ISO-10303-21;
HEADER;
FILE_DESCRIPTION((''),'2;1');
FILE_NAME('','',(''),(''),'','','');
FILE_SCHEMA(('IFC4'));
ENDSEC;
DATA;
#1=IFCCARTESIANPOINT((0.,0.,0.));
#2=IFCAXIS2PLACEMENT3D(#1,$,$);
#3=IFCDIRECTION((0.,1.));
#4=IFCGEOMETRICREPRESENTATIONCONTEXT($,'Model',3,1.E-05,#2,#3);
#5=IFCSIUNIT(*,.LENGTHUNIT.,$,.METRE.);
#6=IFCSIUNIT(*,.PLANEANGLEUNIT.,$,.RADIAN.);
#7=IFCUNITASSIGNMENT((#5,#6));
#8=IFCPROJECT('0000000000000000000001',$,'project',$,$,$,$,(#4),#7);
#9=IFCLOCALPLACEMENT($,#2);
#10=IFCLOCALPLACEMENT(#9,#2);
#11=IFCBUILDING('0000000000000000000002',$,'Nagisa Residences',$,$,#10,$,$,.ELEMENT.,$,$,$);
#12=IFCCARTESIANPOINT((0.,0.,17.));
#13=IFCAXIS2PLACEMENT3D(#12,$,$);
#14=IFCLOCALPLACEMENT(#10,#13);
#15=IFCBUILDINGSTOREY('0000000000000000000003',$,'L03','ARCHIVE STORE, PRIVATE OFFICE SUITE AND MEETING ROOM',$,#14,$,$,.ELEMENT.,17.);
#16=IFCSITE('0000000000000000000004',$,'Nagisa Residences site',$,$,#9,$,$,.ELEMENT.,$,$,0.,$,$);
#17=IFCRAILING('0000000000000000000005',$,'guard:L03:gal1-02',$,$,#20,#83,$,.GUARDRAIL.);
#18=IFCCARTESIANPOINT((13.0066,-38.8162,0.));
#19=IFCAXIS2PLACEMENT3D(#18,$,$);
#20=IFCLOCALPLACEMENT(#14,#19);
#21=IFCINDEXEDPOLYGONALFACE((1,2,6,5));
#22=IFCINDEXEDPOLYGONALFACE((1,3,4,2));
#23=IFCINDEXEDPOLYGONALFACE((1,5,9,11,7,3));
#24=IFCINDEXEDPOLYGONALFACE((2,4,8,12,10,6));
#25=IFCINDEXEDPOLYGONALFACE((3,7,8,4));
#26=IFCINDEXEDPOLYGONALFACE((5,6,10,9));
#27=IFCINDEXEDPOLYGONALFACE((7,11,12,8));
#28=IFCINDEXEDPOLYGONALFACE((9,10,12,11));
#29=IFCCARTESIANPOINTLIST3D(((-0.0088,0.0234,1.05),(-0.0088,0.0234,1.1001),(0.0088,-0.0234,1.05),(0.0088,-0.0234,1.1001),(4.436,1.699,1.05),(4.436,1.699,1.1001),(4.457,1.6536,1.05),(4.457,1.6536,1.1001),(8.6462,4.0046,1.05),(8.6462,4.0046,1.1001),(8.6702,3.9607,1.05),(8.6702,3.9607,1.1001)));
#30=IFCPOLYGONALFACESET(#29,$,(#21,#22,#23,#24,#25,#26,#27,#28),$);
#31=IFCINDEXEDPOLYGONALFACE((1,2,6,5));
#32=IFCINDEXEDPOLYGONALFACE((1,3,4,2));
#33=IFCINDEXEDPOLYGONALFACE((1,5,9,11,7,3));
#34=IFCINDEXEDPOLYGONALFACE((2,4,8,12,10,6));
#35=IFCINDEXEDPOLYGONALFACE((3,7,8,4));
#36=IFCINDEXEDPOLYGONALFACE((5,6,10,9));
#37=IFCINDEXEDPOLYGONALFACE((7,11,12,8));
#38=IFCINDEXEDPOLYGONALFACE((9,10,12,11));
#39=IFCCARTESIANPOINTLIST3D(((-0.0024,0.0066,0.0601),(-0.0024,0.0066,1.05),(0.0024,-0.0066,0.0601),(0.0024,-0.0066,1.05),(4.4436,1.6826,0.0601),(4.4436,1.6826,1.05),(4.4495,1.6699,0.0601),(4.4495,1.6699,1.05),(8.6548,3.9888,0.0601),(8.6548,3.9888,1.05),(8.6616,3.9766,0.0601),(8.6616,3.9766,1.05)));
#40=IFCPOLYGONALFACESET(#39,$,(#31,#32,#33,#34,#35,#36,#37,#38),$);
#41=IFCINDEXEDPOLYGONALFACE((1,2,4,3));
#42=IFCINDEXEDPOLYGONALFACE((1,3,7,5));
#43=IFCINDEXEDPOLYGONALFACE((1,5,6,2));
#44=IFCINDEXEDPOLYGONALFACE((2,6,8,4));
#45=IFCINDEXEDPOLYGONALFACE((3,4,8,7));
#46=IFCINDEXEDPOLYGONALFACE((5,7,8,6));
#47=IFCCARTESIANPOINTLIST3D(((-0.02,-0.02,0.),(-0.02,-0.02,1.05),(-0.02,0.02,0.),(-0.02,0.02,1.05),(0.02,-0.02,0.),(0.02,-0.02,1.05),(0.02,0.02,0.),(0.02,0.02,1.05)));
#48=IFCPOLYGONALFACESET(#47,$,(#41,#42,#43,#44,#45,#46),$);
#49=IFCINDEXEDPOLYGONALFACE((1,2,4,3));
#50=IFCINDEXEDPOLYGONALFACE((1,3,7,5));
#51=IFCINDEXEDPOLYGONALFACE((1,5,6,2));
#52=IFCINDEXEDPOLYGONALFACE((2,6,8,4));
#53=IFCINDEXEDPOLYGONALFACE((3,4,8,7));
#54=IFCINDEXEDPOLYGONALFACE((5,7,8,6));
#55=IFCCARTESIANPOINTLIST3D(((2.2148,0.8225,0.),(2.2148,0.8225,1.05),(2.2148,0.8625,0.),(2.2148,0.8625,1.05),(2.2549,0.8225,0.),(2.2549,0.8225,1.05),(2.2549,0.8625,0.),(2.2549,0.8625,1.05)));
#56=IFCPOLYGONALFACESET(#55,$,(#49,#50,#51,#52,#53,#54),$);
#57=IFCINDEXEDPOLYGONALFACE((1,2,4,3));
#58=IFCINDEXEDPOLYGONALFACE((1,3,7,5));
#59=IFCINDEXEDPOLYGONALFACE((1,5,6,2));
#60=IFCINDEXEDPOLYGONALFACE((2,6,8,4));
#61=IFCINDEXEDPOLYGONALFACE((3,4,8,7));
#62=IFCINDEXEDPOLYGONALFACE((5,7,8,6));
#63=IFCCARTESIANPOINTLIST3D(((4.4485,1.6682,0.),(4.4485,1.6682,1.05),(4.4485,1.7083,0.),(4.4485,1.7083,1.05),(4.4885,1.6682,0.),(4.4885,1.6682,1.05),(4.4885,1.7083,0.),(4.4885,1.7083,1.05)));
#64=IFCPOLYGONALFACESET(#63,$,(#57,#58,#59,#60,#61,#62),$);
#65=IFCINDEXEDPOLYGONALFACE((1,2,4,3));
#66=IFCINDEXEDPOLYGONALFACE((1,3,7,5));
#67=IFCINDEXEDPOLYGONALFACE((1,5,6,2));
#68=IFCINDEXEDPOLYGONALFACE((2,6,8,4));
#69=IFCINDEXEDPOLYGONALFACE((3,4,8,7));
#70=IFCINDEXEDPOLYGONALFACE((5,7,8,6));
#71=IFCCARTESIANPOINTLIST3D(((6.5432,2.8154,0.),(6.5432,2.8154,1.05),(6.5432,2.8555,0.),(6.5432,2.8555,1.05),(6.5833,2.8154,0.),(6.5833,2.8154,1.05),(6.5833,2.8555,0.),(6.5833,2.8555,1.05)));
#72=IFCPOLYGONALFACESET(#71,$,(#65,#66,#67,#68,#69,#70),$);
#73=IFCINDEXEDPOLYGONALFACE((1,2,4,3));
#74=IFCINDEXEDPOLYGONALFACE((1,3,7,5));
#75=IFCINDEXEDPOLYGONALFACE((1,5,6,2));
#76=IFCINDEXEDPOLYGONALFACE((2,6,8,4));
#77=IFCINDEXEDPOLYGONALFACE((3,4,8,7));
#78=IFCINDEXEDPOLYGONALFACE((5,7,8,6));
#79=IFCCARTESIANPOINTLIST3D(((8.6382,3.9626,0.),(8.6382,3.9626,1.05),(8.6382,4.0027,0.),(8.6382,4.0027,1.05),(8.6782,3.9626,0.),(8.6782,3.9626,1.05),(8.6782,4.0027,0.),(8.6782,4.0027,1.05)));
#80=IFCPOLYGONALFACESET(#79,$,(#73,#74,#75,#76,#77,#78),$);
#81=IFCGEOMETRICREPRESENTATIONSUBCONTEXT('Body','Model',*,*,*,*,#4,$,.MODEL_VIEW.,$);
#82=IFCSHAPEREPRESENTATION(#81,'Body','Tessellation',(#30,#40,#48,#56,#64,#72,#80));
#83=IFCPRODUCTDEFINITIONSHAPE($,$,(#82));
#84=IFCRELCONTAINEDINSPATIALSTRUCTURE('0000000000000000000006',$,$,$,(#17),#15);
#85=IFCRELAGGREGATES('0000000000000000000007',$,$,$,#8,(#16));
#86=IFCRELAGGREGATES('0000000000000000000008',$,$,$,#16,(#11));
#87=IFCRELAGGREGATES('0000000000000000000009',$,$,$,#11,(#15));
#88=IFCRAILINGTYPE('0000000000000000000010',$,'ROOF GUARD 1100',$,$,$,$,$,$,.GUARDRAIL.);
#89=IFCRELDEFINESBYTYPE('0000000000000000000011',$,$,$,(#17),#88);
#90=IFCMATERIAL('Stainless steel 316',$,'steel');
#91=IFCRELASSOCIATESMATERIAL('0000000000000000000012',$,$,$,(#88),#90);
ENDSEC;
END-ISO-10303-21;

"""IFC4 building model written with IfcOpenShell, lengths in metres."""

from ifc_helpers import new_model, si_unit, direction, frame, origin, origin_2d, place, context, subcontext, project, spatial, polyline, rectangle, outline, extrude, material, type_object, element, save


model = new_model("IFC4")

# Units and contexts
model_context = context("Model", 3, precision=1e-05, world=origin(), true_north=direction((0.0, 1.0)))
body_context = subcontext(model_context, "Body", "Model", "MODEL_VIEW")
ifc_project = project(units=[si_unit("LENGTHUNIT", "METRE"), si_unit("PLANEANGLEUNIT", "RADIAN")], contexts=[model_context])

# Site, building, storey
site_placement = place(None, origin())
site = spatial("IfcSite", under=ifc_project, at=site_placement, Name="Nagisa Residences site", CompositionType="ELEMENT", RefElevation=0.0)
building_placement = place(site_placement, origin())
building = spatial("IfcBuilding", under=site, at=building_placement, Name="Nagisa Residences", CompositionType="ELEMENT")
storey_placement = place(building_placement, frame((0.0, 0.0, 17.0)))
storey = spatial("IfcBuildingStorey", under=building, at=storey_placement, Name="L03", Description="ARCHIVE STORE, PRIVATE OFFICE SUITE AND MEETING ROOM", CompositionType="ELEMENT", Elevation=17.0)

# Railing
ifc_material_1 = material(Name="Stainless steel 316", Category="steel")
railing_type = type_object("IfcRailingType", Name="ROOF GUARD 1100", PredefinedType="GUARDRAIL", material=ifc_material_1)
railing_1_placement = place(storey_placement, frame((13.0066, -38.8162, 0.0)))
element("IfcRailing", 1, at=railing_1_placement, inside=storey, type_object=railing_type, Name="guard:L03:gal1-02", PredefinedType="GUARDRAIL", context=body_context, shape_type="SweptSolid", body=[
    extrude(outline(polyline([(4.436, 1.699), (-0.0088, 0.0234), (0.0088, -0.0234), (4.457, 1.6536), (8.6702, 3.9607), (8.6462, 4.0046), (4.436, 1.699)])), frame((0.0, 0.0, 1.05)), (0.0, 0.0, 1.0), 0.05),
    extrude(outline(polyline([(4.4436, 1.6826), (-0.0024, 0.0066), (0.0024, -0.0066), (4.4495, 1.6699), (8.6616, 3.9766), (8.6548, 3.9888), (4.4436, 1.6826)])), frame((0.0, 0.0, 0.0601)), (0.0, 0.0, 1.0), 0.99),
    extrude(rectangle(XDim=0.04, YDim=0.04, at=origin_2d()), origin(), (0.0, 0.0, 1.0), 1.05),
    extrude(rectangle(XDim=0.04, YDim=0.04, at=origin_2d()), frame((2.2349, 0.8425, 0.0)), (0.0, 0.0, 1.0), 1.05),
    extrude(rectangle(XDim=0.04, YDim=0.04, at=origin_2d()), frame((4.4685, 1.6882, 0.0)), (0.0, 0.0, 1.0), 1.05),
    extrude(rectangle(XDim=0.04, YDim=0.04, at=origin_2d()), frame((6.5632, 2.8354, 0.0)), (0.0, 0.0, 1.0), 1.05),
    extrude(rectangle(XDim=0.04, YDim=0.04, at=origin_2d()), frame((8.6582, 3.9827, 0.0)), (0.0, 0.0, 1.0), 1.05),
])

save(model, "model.ifc")
